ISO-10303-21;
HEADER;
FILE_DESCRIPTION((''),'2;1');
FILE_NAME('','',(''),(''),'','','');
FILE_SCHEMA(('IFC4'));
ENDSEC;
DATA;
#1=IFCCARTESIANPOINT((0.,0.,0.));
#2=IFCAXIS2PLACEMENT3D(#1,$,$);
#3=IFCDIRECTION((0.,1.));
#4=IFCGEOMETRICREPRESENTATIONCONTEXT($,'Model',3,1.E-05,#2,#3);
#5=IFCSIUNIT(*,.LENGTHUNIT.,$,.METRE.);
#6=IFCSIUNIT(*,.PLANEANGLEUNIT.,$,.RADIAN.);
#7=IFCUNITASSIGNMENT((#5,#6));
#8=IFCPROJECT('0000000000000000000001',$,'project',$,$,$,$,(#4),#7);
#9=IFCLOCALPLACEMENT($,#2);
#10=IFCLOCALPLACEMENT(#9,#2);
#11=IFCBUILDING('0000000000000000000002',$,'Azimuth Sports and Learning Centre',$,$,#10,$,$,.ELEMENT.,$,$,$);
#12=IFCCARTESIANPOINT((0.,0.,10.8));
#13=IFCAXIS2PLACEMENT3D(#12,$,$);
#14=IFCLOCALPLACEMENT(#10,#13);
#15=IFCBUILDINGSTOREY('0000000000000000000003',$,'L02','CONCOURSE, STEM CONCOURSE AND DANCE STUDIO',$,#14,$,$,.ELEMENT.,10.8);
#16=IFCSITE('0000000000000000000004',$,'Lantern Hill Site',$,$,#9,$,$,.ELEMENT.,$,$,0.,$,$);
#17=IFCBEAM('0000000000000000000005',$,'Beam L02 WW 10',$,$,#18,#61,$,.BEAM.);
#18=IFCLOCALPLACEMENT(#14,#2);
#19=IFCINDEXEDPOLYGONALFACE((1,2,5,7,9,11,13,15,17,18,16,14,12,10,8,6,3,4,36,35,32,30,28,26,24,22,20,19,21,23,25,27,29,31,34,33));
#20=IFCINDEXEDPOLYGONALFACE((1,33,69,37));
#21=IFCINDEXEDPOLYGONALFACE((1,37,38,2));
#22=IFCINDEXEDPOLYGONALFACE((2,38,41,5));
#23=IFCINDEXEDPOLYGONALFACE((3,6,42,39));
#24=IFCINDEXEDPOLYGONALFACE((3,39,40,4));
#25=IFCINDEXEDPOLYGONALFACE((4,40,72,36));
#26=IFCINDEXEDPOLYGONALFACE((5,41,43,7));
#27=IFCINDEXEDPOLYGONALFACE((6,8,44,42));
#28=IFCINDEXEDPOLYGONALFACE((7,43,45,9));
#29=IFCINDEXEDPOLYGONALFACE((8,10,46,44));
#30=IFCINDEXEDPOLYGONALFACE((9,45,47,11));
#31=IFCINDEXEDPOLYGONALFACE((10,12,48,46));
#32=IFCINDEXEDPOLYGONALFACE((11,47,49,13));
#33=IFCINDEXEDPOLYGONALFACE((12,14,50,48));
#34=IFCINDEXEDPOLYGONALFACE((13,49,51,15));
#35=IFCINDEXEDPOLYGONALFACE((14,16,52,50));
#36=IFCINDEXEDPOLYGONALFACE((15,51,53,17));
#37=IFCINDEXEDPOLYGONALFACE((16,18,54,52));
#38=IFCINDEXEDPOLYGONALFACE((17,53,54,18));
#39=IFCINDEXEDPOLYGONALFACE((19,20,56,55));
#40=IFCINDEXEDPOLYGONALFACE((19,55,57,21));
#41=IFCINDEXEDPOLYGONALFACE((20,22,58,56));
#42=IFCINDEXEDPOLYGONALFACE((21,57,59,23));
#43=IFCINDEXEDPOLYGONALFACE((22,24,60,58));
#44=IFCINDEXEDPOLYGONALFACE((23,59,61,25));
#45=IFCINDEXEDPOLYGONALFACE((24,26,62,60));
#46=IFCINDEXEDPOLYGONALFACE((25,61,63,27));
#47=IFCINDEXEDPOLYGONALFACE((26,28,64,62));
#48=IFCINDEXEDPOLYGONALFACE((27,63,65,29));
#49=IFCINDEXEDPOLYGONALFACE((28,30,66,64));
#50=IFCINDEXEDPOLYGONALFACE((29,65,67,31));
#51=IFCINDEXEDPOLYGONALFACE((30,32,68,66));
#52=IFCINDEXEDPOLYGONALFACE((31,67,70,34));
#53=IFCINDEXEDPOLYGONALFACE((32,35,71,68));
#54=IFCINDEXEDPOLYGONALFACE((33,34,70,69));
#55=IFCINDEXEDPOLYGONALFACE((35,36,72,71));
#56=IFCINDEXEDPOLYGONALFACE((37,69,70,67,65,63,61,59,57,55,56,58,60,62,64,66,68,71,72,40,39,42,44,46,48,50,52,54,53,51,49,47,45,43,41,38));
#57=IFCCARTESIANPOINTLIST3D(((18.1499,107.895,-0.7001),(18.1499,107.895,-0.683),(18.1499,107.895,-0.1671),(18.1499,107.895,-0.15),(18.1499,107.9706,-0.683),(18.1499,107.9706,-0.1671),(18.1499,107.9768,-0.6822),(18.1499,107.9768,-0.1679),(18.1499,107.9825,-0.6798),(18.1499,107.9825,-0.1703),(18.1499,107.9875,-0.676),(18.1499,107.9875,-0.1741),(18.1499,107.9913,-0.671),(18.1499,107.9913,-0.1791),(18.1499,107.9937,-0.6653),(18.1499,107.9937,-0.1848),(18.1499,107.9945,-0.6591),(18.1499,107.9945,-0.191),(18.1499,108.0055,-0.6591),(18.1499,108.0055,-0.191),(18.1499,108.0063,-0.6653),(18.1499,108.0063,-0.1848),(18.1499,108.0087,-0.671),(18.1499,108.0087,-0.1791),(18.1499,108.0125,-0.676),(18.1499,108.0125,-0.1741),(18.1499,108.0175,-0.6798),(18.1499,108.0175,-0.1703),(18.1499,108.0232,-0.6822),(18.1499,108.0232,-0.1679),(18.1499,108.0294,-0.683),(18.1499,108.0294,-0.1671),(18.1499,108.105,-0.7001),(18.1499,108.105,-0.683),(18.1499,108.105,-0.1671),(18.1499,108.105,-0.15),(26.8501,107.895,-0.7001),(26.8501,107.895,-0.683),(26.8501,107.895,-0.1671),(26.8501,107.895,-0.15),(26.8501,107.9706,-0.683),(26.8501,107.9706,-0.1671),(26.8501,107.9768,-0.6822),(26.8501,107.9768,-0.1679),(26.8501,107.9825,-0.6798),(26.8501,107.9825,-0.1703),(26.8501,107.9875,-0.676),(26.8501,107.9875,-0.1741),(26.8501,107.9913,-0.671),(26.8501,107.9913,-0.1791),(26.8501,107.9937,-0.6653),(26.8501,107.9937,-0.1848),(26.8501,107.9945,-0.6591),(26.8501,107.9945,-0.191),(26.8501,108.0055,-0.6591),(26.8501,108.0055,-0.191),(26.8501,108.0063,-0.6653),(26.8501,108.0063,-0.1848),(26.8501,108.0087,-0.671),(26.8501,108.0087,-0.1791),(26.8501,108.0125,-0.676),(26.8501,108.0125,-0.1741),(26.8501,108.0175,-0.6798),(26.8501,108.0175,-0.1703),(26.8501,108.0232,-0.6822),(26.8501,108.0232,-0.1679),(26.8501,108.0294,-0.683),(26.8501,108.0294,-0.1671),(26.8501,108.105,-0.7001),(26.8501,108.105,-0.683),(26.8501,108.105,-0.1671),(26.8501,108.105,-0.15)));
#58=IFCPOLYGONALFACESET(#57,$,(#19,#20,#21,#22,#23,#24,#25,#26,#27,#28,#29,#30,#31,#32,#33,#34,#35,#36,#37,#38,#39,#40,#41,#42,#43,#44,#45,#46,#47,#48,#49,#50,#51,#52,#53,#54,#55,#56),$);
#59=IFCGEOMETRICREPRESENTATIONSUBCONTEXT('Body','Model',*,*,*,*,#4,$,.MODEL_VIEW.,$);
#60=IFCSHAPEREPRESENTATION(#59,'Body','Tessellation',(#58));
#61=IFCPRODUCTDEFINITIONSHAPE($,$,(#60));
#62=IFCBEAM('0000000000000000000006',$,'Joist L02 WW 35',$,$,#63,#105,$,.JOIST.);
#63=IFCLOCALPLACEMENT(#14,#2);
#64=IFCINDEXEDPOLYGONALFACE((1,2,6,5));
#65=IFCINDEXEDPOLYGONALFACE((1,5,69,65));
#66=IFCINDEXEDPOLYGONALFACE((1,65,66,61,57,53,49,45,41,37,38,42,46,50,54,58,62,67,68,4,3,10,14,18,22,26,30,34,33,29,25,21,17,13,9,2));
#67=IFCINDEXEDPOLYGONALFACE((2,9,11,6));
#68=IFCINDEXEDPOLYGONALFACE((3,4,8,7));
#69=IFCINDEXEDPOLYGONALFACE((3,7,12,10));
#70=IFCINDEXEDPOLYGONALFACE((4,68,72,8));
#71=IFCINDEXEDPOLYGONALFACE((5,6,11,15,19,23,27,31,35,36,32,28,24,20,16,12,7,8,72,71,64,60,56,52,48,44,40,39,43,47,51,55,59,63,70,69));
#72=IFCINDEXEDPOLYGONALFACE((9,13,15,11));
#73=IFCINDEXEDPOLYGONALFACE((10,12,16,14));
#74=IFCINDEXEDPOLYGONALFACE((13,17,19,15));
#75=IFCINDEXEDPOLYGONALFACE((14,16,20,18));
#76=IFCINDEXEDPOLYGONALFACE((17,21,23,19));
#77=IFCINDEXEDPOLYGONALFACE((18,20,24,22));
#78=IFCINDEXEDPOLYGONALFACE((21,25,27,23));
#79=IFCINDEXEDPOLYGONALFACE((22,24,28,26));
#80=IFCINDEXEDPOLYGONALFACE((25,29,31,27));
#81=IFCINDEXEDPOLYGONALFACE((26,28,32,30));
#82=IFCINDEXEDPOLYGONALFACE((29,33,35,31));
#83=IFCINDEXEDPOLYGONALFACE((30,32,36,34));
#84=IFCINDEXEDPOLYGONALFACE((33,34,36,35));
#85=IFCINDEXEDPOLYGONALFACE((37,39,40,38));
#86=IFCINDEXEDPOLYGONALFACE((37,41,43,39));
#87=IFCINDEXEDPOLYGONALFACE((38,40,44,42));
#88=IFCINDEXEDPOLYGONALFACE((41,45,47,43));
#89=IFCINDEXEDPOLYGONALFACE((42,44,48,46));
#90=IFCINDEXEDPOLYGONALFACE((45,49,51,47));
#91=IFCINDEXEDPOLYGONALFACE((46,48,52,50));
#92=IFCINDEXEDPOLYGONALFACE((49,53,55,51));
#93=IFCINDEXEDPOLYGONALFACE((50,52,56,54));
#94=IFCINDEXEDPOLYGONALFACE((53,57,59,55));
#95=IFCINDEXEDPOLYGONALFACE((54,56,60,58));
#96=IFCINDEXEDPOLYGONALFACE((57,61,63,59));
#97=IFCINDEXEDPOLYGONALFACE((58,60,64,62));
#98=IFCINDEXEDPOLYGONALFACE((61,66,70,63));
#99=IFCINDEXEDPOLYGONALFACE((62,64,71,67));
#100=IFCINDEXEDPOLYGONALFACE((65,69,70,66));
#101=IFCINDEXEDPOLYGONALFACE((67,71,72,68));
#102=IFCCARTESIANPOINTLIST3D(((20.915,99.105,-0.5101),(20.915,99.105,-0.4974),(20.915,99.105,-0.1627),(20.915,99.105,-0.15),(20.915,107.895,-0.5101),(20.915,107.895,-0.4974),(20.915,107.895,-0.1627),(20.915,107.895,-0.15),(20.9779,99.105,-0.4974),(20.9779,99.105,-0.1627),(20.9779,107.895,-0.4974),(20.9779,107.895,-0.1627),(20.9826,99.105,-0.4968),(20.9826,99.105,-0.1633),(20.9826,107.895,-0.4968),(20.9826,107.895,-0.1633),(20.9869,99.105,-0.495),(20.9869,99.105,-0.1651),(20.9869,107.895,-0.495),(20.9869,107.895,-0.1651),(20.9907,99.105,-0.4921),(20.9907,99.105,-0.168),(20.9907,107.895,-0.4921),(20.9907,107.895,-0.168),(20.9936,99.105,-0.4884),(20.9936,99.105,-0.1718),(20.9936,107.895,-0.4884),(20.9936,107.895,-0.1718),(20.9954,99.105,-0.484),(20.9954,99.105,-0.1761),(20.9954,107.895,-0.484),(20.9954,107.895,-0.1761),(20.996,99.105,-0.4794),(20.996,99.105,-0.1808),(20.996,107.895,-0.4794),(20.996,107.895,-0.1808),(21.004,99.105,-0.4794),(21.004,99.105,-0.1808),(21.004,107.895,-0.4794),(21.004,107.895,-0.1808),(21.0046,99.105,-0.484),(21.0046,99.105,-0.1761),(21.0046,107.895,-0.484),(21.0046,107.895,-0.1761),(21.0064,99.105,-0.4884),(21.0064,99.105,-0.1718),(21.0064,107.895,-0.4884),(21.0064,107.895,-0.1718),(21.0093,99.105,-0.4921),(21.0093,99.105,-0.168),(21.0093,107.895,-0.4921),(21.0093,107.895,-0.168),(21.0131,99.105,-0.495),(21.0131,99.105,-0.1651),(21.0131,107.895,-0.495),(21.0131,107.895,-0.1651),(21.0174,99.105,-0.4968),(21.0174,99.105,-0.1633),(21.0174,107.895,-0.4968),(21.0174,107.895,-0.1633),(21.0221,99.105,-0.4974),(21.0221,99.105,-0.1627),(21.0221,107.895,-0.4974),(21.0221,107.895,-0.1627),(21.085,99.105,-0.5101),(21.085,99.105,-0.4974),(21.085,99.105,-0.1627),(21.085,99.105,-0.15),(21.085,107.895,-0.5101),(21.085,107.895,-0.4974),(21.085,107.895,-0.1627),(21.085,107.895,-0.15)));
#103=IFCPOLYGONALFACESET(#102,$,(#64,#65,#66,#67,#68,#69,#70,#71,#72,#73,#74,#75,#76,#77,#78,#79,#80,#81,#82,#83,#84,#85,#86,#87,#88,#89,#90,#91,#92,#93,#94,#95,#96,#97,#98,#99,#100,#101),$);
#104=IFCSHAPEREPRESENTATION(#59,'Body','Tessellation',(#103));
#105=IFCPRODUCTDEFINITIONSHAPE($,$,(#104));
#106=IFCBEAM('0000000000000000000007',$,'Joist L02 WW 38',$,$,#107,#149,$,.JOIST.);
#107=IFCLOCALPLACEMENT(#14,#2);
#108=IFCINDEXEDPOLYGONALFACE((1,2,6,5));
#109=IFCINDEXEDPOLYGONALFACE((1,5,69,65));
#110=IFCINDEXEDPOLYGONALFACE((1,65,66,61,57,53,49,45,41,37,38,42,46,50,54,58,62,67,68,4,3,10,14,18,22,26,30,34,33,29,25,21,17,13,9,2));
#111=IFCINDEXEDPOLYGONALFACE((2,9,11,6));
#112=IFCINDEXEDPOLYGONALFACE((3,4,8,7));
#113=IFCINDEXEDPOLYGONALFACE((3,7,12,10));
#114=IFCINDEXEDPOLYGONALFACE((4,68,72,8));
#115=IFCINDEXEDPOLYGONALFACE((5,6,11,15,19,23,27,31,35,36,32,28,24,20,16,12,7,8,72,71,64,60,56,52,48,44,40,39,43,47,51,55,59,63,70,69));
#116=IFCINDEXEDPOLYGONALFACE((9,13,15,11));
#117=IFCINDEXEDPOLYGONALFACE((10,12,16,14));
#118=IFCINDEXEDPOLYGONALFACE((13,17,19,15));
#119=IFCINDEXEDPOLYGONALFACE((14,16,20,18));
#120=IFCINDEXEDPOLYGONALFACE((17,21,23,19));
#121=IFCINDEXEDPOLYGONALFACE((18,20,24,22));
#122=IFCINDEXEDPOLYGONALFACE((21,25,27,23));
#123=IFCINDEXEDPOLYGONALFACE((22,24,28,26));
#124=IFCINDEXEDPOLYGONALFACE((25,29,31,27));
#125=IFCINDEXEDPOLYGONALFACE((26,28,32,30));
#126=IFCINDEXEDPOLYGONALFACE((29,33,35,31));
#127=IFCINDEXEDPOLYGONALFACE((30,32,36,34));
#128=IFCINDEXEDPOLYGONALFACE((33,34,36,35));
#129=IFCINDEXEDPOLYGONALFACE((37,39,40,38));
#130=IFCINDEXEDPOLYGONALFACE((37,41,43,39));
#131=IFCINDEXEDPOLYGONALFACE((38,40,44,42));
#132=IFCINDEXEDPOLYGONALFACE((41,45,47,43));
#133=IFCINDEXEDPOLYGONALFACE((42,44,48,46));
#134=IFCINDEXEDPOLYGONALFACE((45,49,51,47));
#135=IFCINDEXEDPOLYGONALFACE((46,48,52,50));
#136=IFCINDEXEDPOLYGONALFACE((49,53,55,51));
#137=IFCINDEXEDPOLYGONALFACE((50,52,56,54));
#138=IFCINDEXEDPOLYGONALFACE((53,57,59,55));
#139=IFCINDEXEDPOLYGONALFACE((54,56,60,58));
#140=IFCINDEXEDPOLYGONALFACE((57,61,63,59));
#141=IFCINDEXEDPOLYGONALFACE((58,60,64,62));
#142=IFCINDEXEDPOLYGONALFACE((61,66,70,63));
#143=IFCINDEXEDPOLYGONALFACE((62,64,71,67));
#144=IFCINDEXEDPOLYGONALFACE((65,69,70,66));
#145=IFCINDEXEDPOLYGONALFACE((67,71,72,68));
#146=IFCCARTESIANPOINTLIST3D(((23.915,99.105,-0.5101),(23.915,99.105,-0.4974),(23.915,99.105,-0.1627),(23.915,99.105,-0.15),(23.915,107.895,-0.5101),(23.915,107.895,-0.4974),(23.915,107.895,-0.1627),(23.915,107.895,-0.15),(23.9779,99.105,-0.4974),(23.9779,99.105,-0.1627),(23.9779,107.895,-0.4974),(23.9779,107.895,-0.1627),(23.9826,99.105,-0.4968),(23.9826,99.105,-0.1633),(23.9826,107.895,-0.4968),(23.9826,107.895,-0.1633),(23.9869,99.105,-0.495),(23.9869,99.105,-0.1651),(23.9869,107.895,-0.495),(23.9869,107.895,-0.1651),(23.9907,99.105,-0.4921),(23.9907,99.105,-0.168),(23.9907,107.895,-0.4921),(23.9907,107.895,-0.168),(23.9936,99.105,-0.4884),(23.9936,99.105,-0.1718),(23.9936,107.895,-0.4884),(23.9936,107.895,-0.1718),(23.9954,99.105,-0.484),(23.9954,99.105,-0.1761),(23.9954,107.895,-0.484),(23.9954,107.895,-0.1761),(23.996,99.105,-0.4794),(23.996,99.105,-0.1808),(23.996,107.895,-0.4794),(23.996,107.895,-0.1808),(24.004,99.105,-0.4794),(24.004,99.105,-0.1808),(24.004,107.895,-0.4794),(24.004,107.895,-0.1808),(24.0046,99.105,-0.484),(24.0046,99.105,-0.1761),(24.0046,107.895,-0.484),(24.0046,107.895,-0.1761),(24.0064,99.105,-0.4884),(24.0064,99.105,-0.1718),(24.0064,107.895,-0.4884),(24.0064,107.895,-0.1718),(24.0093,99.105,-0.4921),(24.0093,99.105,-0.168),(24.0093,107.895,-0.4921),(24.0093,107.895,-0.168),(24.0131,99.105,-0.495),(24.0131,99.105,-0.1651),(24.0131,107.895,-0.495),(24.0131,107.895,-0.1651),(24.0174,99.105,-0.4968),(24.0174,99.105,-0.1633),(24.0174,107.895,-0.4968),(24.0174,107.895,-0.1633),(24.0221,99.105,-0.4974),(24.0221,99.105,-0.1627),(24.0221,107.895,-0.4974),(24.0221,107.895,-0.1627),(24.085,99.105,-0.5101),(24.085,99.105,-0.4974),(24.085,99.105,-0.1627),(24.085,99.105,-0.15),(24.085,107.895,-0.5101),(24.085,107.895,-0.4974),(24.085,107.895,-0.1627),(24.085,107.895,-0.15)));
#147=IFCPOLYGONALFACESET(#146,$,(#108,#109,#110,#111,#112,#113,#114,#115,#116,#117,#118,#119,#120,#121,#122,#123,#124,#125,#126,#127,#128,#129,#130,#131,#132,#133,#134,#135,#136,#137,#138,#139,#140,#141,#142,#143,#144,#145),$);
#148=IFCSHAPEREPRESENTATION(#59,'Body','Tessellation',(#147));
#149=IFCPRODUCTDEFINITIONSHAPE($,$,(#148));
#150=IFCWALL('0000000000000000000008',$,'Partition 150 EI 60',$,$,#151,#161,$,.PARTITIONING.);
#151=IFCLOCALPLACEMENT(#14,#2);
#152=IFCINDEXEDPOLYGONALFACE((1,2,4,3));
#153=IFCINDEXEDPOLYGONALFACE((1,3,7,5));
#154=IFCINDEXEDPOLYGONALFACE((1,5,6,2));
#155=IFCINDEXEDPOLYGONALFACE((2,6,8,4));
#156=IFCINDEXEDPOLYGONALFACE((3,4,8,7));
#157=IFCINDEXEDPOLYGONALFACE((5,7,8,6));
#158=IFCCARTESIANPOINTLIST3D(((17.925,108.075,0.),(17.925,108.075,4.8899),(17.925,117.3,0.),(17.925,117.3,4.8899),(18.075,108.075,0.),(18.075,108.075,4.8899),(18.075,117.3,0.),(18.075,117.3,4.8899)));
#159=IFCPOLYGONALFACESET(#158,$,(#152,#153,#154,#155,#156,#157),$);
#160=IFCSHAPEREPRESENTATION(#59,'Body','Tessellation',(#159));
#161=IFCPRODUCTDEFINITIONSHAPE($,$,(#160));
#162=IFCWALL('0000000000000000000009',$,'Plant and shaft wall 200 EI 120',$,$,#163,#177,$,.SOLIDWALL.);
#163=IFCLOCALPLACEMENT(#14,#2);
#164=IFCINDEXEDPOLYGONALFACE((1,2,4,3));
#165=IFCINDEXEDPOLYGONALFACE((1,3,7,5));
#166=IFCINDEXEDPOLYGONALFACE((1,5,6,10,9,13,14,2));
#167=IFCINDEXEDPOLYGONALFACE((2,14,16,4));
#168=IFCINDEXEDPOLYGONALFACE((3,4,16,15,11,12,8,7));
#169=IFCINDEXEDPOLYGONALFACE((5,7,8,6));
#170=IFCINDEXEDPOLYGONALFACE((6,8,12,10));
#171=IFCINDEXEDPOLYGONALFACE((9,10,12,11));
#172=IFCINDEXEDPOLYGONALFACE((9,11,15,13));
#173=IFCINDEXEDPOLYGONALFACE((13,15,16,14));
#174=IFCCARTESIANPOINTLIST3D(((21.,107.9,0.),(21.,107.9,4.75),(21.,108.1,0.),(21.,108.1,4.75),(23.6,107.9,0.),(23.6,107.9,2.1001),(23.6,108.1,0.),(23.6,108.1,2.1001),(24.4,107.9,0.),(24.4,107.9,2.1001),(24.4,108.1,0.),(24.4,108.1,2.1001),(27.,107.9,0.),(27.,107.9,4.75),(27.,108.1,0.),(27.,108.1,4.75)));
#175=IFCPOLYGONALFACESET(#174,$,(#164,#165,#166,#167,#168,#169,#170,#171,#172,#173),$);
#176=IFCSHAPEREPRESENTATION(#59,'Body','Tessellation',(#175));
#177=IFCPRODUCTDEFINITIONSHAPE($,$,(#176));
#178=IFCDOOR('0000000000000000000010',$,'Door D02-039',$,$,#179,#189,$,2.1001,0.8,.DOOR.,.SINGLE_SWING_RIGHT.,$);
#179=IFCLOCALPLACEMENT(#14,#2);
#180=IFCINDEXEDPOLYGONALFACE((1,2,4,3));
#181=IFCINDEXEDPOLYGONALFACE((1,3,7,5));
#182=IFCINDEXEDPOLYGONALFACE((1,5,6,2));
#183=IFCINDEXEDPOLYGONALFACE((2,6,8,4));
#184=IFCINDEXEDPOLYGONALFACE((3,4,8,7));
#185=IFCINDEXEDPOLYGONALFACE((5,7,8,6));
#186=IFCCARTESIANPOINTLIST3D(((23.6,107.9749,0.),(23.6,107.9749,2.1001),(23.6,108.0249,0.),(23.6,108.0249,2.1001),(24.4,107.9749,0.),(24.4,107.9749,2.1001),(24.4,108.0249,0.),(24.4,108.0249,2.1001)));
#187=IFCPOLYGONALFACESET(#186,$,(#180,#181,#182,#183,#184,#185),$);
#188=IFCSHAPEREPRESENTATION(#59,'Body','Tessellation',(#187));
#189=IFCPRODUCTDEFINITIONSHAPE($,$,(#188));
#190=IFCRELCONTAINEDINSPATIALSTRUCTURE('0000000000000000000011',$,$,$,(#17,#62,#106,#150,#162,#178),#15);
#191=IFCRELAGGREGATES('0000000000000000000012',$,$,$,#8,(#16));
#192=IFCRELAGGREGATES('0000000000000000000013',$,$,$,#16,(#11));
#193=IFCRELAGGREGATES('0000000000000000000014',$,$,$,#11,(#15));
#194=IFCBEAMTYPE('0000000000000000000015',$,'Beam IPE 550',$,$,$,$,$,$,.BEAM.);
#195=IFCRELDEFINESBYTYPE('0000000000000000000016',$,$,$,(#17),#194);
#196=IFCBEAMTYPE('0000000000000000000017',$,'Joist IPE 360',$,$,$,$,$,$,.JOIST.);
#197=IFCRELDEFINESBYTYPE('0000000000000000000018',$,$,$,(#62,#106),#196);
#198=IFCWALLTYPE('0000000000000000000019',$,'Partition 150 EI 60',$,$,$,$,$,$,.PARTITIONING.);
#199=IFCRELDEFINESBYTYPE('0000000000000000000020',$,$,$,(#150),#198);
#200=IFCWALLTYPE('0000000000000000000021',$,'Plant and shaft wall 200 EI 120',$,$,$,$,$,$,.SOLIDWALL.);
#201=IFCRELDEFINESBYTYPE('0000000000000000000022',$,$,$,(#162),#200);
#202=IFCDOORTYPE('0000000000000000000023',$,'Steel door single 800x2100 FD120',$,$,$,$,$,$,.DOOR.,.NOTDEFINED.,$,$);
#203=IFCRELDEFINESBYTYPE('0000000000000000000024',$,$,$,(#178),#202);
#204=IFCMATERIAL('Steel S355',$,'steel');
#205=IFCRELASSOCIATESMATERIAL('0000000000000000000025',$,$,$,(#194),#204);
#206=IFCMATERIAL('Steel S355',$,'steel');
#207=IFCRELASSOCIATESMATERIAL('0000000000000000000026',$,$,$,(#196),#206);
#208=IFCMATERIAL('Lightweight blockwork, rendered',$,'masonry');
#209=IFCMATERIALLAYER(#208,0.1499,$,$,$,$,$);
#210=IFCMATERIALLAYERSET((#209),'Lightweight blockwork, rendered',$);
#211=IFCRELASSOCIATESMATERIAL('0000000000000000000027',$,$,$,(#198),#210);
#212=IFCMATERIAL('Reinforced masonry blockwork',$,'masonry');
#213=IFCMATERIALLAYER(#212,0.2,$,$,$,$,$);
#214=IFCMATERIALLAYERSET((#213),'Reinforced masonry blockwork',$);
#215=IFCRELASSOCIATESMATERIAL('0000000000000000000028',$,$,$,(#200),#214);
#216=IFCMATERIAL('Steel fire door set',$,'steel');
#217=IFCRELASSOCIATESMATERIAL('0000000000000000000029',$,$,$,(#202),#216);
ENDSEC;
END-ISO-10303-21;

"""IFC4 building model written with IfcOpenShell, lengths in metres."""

from ifc_helpers import new_model, si_unit, direction, frame, frame_2d, origin, origin_2d, place, context, subcontext, project, spatial, rectangle, i_section, extrude, material, layer, layer_set, material_profile, profile_set, type_object, element, fill, save


model = new_model("IFC4")

# Units and contexts
model_context = context("Model", 3, precision=1e-05, world=origin(), true_north=direction((0.0, 1.0)))
body_context = subcontext(model_context, "Body", "Model", "MODEL_VIEW")
ifc_project = project(units=[si_unit("LENGTHUNIT", "METRE"), si_unit("PLANEANGLEUNIT", "RADIAN")], contexts=[model_context])

# Site, building, storey
site_placement = place(None, origin())
site = spatial("IfcSite", under=ifc_project, at=site_placement, Name="Lantern Hill Site", CompositionType="ELEMENT", RefElevation=0.0)
building_placement = place(site_placement, origin())
building = spatial("IfcBuilding", under=site, at=building_placement, Name="Azimuth Sports and Learning Centre", CompositionType="ELEMENT")
storey_placement = place(building_placement, frame((0.0, 0.0, 10.8)))
storey = spatial("IfcBuildingStorey", under=building, at=storey_placement, Name="L02", Description="CONCOURSE, STEM CONCOURSE AND DANCE STUDIO", CompositionType="ELEMENT", Elevation=10.8)

# Beams
ifc_material_1 = material(Name="Steel S355", Category="steel")
ifc_material_profile_1 = material_profile(ifc_material_1, i_section(OverallWidth=0.21, OverallDepth=0.55, WebThickness=0.011, FlangeThickness=0.0171, FilletRadius=0.0239, at=origin_2d()), Name="IPE 550")
ifc_profile_set_1 = profile_set([ifc_material_profile_1], Name="Steel S355")
beam_type_1 = type_object("IfcBeamType", Name="Beam IPE 550", PredefinedType="BEAM", material=ifc_profile_set_1)
for number, where, z_axis, x_axis, name in (
    (1, (18.1499, 108.0, -0.425), (1.0, 0.0, 0.0), (0.0, 1.0, 0.0), "Beam L02 WW 10"),
):
    element("IfcBeam", number, at=place(storey_placement, frame(where, z_axis=z_axis, x_axis=x_axis)), inside=storey, type_object=beam_type_1, Name=name, PredefinedType="BEAM", context=body_context, shape_type="SweptSolid", body=[
        extrude(i_section(OverallWidth=0.21, OverallDepth=0.55, WebThickness=0.011, FlangeThickness=0.0171, FilletRadius=0.0239, at=origin_2d()), origin(), (0.0, 0.0, 1.0), 8.7002),
    ])
ifc_material_2 = material(Name="Steel S355", Category="steel")
ifc_material_profile_2 = material_profile(ifc_material_2, i_section(OverallWidth=0.1699, OverallDepth=0.3601, WebThickness=0.0081, FlangeThickness=0.0127, FilletRadius=0.0181, at=origin_2d()), Name="IPE 360")
ifc_profile_set_2 = profile_set([ifc_material_profile_2], Name="Steel S355")
beam_type_2 = type_object("IfcBeamType", Name="Joist IPE 360", PredefinedType="JOIST", material=ifc_profile_set_2)
for number, where, z_axis, x_axis, name in (
    (2, (21.0, 99.105, -0.3301), (0.0, 1.0, 0.0), (-1.0, 0.0, 0.0), "Joist L02 WW 35"),
    (3, (24.0, 99.105, -0.3301), (0.0, 1.0, 0.0), (-1.0, 0.0, 0.0), "Joist L02 WW 38"),
):
    element("IfcBeam", number, at=place(storey_placement, frame(where, z_axis=z_axis, x_axis=x_axis)), inside=storey, type_object=beam_type_2, Name=name, PredefinedType="JOIST", context=body_context, shape_type="SweptSolid", body=[
        extrude(i_section(OverallWidth=0.1699, OverallDepth=0.3601, WebThickness=0.0081, FlangeThickness=0.0127, FilletRadius=0.0181, at=origin_2d()), origin(), (0.0, 0.0, 1.0), 8.79),
    ])

# Wall
ifc_material_3 = material(Name="Lightweight blockwork, rendered", Category="masonry")
ifc_layer_1 = layer(ifc_material_3, 0.1499)
ifc_layer_set_1 = layer_set([ifc_layer_1], Name="Lightweight blockwork, rendered")
wall_type_1 = type_object("IfcWallType", Name="Partition 150 EI 60", PredefinedType="PARTITIONING", material=ifc_layer_set_1)
wall_1_placement = place(storey_placement, frame((18.0, 108.075, 0.0), z_axis=(0.0, 0.0, 1.0), x_axis=(0.0, 1.0, 0.0)))
element("IfcWall", 4, at=wall_1_placement, inside=storey, type_object=wall_type_1, Name="Partition 150 EI 60", PredefinedType="PARTITIONING", context=body_context, shape_type="SweptSolid", body=[
    extrude(rectangle(XDim=9.2251, YDim=0.1499, at=frame_2d((4.6125, 0.0))), origin(), (0.0, 0.0, 1.0), 4.8899),
])

# Wall, opening, door
ifc_material_4 = material(Name="Reinforced masonry blockwork", Category="masonry")
ifc_layer_2 = layer(ifc_material_4, 0.2)
ifc_layer_set_2 = layer_set([ifc_layer_2], Name="Reinforced masonry blockwork")
wall_type_2 = type_object("IfcWallType", Name="Plant and shaft wall 200 EI 120", PredefinedType="SOLIDWALL", material=ifc_layer_set_2)
wall_2_placement = place(storey_placement, frame((21.0, 108.0, 0.0), z_axis=(0.0, 0.0, 1.0), x_axis=(1.0, 0.0, 0.0)))
wall_2 = element("IfcWall", 5, at=wall_2_placement, inside=storey, type_object=wall_type_2, Name="Plant and shaft wall 200 EI 120", PredefinedType="SOLIDWALL", context=body_context, shape_type="SweptSolid", body=[
    extrude(rectangle(XDim=6.0, YDim=0.2, at=frame_2d((3.0, 0.0))), origin(), (0.0, 0.0, 1.0), 4.75),
])
opening_1_placement = place(wall_2_placement, frame((2.6001, 0.0, 0.0)))
opening_1 = element("IfcOpeningElement", 6, at=opening_1_placement, cuts=wall_2, PredefinedType="OPENING", context=body_context, shape_type="SweptSolid", body=[
    extrude(rectangle(XDim=0.8, YDim=2.1001, at=frame_2d((0.3999, 1.05))), frame((0.0, 0.1108, 0.0), z_axis=(0.0, -1.0, 0.0), x_axis=(1.0, 0.0, 0.0)), (0.0, 0.0, 1.0), 0.2219),
])
ifc_material_5 = material(Name="Steel fire door set", Category="steel")
door_type_1 = type_object("IfcDoorType", Name="Steel door single 800x2100 FD120", OperationType="NOTDEFINED", PredefinedType="DOOR", material=ifc_material_5)
door_1_placement = place(opening_1_placement, origin())
door_1 = element("IfcDoor", 7, at=door_1_placement, inside=storey, type_object=door_type_1, Name="Door D02-039", OperationType="SINGLE_SWING_RIGHT", OverallHeight=2.1001, OverallWidth=0.8, PredefinedType="DOOR", context=body_context, shape_type="SweptSolid", body=[
    extrude(rectangle(XDim=0.8, YDim=2.1001, at=frame_2d((0.3999, 1.05))), frame((0.0, 0.0249, 0.0), z_axis=(0.0, -1.0, 0.0), x_axis=(1.0, 0.0, 0.0)), (0.0, 0.0, 1.0), 0.05),
])
fill(opening_1, door_1)

save(model, "model.ifc")
